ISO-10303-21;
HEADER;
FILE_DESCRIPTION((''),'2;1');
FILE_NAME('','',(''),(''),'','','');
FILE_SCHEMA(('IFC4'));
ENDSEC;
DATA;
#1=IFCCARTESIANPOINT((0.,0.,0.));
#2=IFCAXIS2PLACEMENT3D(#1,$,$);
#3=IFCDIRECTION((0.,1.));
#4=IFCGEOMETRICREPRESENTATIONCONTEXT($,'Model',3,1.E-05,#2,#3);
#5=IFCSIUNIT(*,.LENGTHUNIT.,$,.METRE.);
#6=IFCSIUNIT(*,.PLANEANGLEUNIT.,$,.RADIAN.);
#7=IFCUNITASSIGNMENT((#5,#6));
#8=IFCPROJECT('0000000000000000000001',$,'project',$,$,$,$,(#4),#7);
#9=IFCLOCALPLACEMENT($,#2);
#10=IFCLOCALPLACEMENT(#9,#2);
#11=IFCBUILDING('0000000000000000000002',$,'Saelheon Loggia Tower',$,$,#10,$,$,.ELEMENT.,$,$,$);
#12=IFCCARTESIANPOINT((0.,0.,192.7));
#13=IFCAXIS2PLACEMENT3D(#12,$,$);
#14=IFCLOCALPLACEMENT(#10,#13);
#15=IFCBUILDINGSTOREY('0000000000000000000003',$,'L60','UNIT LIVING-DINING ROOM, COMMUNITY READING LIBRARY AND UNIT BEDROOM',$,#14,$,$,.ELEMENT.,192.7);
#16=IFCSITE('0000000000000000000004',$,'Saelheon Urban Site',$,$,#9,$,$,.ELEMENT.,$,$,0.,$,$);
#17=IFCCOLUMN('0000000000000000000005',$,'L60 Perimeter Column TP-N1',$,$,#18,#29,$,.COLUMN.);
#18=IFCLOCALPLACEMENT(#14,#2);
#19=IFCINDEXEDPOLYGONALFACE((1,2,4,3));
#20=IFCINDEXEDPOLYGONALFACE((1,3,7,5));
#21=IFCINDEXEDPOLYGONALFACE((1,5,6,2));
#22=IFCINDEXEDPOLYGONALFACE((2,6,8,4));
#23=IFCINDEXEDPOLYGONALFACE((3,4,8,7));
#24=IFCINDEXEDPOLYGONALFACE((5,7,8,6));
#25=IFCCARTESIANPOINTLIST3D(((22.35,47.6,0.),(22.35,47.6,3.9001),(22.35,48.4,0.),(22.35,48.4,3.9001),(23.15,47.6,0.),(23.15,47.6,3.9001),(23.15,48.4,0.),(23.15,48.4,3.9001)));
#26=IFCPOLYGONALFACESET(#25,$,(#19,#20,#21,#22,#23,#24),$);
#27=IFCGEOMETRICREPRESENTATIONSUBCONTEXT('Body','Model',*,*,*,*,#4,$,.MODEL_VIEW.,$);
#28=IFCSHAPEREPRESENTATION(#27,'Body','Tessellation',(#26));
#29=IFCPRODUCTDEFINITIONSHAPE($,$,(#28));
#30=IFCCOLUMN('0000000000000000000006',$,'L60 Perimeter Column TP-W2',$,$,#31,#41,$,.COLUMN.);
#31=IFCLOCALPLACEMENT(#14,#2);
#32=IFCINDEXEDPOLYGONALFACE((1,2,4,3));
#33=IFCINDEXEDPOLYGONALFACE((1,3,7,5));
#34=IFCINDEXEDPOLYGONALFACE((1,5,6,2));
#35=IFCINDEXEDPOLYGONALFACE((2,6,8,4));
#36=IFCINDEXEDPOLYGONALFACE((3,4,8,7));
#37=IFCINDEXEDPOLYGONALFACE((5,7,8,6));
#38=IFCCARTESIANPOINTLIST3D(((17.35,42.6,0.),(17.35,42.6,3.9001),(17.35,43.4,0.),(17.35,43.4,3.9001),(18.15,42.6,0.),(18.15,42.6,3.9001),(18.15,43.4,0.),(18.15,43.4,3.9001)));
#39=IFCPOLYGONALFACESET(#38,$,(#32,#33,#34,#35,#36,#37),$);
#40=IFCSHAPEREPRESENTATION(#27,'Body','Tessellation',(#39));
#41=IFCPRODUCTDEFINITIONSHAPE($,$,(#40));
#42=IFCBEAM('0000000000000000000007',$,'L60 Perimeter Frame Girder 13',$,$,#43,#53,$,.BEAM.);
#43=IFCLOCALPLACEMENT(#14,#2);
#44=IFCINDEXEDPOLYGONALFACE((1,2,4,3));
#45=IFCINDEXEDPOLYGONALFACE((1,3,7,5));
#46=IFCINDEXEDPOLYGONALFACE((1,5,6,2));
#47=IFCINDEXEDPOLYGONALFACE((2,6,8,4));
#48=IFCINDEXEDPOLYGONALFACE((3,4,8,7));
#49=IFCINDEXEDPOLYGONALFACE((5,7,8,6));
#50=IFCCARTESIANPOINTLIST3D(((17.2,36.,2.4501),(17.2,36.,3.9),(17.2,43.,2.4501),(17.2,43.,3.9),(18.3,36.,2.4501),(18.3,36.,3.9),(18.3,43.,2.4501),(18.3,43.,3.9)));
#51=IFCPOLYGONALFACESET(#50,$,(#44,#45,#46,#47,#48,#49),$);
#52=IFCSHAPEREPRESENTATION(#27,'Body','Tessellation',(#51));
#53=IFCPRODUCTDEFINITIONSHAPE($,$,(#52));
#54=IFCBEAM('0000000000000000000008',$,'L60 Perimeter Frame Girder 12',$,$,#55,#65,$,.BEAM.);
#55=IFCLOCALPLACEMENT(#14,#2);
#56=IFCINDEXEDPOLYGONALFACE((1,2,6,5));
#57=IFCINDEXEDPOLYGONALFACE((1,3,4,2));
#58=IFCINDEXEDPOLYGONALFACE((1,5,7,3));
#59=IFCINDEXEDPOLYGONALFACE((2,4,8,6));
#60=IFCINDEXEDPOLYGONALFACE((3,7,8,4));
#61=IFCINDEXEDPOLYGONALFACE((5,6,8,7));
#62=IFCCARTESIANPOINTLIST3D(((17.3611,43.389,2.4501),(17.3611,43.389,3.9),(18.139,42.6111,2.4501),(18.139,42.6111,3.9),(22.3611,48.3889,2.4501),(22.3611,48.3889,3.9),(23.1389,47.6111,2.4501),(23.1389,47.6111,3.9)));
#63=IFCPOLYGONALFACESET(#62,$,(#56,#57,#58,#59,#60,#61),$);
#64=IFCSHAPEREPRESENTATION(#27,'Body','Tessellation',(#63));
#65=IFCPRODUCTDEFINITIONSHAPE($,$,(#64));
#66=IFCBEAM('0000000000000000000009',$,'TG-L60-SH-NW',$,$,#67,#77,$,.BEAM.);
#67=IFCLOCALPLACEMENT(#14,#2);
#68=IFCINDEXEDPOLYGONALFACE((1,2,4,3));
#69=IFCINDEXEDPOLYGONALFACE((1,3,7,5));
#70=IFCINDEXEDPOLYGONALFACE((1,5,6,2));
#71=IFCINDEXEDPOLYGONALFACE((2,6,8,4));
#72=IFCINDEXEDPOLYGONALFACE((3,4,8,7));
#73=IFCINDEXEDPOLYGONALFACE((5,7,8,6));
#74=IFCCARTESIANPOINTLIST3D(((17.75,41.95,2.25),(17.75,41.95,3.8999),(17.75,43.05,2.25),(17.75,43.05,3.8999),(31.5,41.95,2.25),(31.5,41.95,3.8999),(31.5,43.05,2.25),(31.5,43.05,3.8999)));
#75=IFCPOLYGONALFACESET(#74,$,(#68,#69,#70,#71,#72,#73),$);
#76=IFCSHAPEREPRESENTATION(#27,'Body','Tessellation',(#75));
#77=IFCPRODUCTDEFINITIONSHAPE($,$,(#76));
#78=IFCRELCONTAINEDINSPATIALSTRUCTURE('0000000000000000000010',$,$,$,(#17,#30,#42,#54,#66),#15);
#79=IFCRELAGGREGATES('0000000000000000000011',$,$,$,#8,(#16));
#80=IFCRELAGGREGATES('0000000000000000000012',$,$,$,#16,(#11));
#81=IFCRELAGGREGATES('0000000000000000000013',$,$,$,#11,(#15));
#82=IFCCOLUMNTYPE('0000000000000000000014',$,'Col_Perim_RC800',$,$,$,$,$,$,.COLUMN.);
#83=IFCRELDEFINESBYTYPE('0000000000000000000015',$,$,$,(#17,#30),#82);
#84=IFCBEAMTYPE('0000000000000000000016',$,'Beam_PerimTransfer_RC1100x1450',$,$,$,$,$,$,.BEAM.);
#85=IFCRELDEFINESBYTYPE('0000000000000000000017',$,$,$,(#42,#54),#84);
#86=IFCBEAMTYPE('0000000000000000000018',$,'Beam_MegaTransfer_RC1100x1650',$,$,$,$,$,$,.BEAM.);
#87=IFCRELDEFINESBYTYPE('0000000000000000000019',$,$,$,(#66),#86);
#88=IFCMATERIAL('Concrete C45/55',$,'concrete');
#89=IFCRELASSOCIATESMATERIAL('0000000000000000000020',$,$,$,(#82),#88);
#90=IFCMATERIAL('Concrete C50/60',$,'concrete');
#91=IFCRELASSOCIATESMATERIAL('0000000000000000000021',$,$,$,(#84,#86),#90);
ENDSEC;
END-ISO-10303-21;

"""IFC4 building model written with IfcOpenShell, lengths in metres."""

from ifc_helpers import new_model, si_unit, direction, frame, origin, origin_2d, place, context, subcontext, project, spatial, rectangle, extrude, source, transform, mapped, material, material_profile, profile_set, type_object, element, save


model = new_model("IFC4")

# Units and contexts
model_context = context("Model", 3, precision=1e-05, world=origin(), true_north=direction((0.0, 1.0)))
body_context = subcontext(model_context, "Body", "Model", "MODEL_VIEW")
ifc_project = project(units=[si_unit("LENGTHUNIT", "METRE"), si_unit("PLANEANGLEUNIT", "RADIAN")], contexts=[model_context])

# Site, building, storey
site_placement = place(None, origin())
site = spatial("IfcSite", under=ifc_project, at=site_placement, Name="Saelheon Urban Site", CompositionType="ELEMENT", RefElevation=0.0)
building_placement = place(site_placement, origin())
building = spatial("IfcBuilding", under=site, at=building_placement, Name="Saelheon Loggia Tower", CompositionType="ELEMENT")
storey_placement = place(building_placement, frame((0.0, 0.0, 192.7)))
storey = spatial("IfcBuildingStorey", under=building, at=storey_placement, Name="L60", Description="UNIT LIVING-DINING ROOM, COMMUNITY READING LIBRARY AND UNIT BEDROOM", CompositionType="ELEMENT", Elevation=192.7)

# Columns
ifc_material_1 = material(Name="Concrete C45/55", Category="concrete")
ifc_material_profile_1 = material_profile(ifc_material_1, rectangle(XDim=0.8, YDim=0.8, at=origin_2d()), Name="RC-800x800")
ifc_profile_set_1 = profile_set([ifc_material_profile_1], Name="Concrete C45/55")
column_type = type_object("IfcColumnType", Name="Col_Perim_RC800", PredefinedType="COLUMN", material=ifc_profile_set_1)
shared_shape_1 = source(origin(), body_context, "Body", "SweptSolid", [
    extrude(rectangle(XDim=0.8, YDim=0.8, at=origin_2d()), origin(), (0.0, 0.0, 1.0), 3.9001),
])
for number, where, z_axis, x_axis, name in (
    (1, (22.75, 48.0, 0.0), (0.0, 0.0, 1.0), (1.0, 0.0, 0.0), "L60 Perimeter Column TP-N1"),
    (2, (17.75, 43.0, 0.0), (0.0, 0.0, 1.0), (1.0, 0.0, 0.0), "L60 Perimeter Column TP-W2"),
):
    element("IfcColumn", number, at=place(storey_placement, frame(where, z_axis=z_axis, x_axis=x_axis)), inside=storey, type_object=column_type, Name=name, PredefinedType="COLUMN", context=body_context, shape_type="MappedRepresentation", body=[
        mapped(shared_shape_1, transform((0.0, 0.0, 0.0), scale=1.0)),
    ])

# Beams
ifc_material_2 = material(Name="Concrete C50/60", Category="concrete")
ifc_material_profile_2 = material_profile(ifc_material_2, rectangle(XDim=1.1001, YDim=1.45, at=origin_2d()), Name="RC-1100x1450")
ifc_profile_set_2 = profile_set([ifc_material_profile_2], Name="Concrete C50/60")
beam_type_1 = type_object("IfcBeamType", Name="Beam_PerimTransfer_RC1100x1450", PredefinedType="BEAM", material=ifc_profile_set_2)
shared_shape_2 = source(origin(), body_context, "Body", "SweptSolid", [
    extrude(rectangle(XDim=1.1001, YDim=1.45, at=origin_2d()), origin(), (0.0, 0.0, 1.0), 7.0),
])
beam_1_placement = place(storey_placement, frame((17.75, 43.0, 3.175), z_axis=(0.0, -1.0, 0.0), x_axis=(1.0, 0.0, 0.0)))
element("IfcBeam", 3, at=beam_1_placement, inside=storey, type_object=beam_type_1, Name="L60 Perimeter Frame Girder 13", PredefinedType="BEAM", context=body_context, shape_type="MappedRepresentation", body=[
    mapped(shared_shape_2, transform((0.0, 0.0, 0.0), scale=1.0)),
])
shared_shape_3 = source(origin(), body_context, "Body", "SweptSolid", [
    extrude(rectangle(XDim=1.1001, YDim=1.45, at=origin_2d()), origin(), (0.0, 0.0, 1.0), 7.071),
])
beam_2_placement = place(storey_placement, frame((22.75, 48.0, 3.175), z_axis=(-0.707107, -0.707107, 0.0), x_axis=(0.707107, -0.707107, 0.0)))
element("IfcBeam", 4, at=beam_2_placement, inside=storey, type_object=beam_type_1, Name="L60 Perimeter Frame Girder 12", PredefinedType="BEAM", context=body_context, shape_type="MappedRepresentation", body=[
    mapped(shared_shape_3, transform((0.0, 0.0, 0.0), scale=1.0)),
])
ifc_material_profile_3 = material_profile(ifc_material_2, rectangle(XDim=1.1001, YDim=1.6499, at=origin_2d()), Name="RC-1100x1650")
ifc_profile_set_3 = profile_set([ifc_material_profile_3], Name="Concrete C50/60")
beam_type_2 = type_object("IfcBeamType", Name="Beam_MegaTransfer_RC1100x1650", PredefinedType="BEAM", material=ifc_profile_set_3)
shared_shape_4 = source(origin(), body_context, "Body", "SweptSolid", [
    extrude(rectangle(XDim=1.1001, YDim=1.6499, at=origin_2d()), origin(), (0.0, 0.0, 1.0), 13.75),
])
beam_3_placement = place(storey_placement, frame((17.75, 42.5, 3.075), z_axis=(1.0, 0.0, 0.0), x_axis=(0.0, 1.0, 0.0)))
element("IfcBeam", 5, at=beam_3_placement, inside=storey, type_object=beam_type_2, Name="TG-L60-SH-NW", PredefinedType="BEAM", context=body_context, shape_type="MappedRepresentation", body=[
    mapped(shared_shape_4, transform((0.0, 0.0, 0.0), scale=1.0)),
])

save(model, "model.ifc")
